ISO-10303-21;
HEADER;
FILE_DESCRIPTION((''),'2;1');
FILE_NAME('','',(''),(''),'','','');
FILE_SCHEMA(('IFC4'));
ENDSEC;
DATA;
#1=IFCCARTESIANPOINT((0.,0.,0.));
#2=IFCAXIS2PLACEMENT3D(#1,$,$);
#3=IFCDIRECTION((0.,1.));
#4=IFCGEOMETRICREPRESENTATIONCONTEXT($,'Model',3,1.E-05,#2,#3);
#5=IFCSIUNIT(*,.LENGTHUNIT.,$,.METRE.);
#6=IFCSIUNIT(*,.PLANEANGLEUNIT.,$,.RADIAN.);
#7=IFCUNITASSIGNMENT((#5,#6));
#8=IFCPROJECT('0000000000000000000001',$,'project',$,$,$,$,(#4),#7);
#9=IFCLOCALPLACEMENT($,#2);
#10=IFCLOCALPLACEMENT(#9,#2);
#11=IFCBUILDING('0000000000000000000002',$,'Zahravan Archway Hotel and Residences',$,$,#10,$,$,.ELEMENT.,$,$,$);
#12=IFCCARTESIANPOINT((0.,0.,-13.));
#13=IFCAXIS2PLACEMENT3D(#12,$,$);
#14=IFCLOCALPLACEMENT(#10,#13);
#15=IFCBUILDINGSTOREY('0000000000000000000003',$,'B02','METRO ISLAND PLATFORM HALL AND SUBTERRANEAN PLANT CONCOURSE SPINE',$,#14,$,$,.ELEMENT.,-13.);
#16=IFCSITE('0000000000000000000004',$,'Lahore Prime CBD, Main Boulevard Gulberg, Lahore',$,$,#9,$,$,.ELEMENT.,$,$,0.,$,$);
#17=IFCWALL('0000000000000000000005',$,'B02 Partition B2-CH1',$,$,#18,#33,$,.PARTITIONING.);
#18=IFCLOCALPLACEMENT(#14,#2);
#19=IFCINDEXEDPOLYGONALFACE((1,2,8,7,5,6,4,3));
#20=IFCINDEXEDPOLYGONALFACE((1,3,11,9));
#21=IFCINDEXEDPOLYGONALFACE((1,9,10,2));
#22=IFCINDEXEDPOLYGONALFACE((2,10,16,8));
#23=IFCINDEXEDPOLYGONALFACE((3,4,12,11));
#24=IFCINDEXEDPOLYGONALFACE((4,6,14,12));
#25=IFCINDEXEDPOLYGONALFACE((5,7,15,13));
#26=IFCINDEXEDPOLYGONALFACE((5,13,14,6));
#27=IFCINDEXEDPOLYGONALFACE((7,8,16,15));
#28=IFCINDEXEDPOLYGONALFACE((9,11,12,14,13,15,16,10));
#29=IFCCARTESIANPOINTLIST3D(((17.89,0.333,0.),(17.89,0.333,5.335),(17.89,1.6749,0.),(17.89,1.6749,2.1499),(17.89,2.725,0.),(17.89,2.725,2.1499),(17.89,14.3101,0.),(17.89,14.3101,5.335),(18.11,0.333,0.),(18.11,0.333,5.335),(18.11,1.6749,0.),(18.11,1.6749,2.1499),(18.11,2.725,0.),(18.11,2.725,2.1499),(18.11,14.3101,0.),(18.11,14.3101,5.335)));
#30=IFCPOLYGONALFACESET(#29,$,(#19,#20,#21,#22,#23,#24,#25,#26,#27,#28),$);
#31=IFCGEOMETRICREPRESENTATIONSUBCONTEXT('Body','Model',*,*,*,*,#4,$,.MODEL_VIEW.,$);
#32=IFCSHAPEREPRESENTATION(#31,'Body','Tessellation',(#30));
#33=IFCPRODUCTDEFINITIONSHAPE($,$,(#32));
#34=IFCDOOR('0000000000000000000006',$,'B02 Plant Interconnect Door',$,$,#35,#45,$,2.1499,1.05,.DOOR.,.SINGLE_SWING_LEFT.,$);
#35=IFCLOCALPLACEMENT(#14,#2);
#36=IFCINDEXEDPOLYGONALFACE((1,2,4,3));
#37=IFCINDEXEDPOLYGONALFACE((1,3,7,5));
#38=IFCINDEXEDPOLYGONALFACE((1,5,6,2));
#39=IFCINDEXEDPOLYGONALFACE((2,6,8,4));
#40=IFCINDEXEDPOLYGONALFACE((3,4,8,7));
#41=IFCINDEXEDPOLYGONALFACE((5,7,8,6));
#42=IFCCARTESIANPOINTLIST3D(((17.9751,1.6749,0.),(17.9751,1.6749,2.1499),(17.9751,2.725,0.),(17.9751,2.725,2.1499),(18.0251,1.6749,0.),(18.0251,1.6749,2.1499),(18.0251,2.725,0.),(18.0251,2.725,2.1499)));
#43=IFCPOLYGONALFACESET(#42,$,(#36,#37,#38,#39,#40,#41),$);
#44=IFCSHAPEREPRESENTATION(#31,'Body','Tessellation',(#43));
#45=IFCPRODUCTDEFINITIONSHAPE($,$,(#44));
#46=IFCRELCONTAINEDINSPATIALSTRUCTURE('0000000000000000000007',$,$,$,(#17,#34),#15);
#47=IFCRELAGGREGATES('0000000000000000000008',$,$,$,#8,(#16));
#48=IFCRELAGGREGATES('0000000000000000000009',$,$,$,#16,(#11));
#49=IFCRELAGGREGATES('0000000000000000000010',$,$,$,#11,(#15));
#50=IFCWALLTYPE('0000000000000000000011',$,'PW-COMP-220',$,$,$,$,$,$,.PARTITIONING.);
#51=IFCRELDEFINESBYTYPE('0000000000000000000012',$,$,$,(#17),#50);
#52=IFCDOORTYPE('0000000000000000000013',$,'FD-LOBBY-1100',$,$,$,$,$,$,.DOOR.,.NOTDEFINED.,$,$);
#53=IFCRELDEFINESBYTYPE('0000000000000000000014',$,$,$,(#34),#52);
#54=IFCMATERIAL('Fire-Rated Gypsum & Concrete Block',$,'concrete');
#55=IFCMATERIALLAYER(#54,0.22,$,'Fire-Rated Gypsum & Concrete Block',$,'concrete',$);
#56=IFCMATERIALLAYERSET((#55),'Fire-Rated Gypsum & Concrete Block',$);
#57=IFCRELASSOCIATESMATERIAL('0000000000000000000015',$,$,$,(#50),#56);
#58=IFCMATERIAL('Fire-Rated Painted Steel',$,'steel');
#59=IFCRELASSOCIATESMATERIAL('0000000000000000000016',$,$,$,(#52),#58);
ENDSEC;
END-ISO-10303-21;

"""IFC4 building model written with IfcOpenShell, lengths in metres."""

from ifc_helpers import new_model, si_unit, direction, frame, frame_2d, origin, place, context, subcontext, project, spatial, rectangle, extrude, source, transform, mapped, material, layer, layer_set, type_object, type_shapes, element, fill, save


model = new_model("IFC4")

# Units and contexts
model_context = context("Model", 3, precision=1e-05, world=origin(), true_north=direction((0.0, 1.0)))
body_context = subcontext(model_context, "Body", "Model", "MODEL_VIEW")
ifc_project = project(units=[si_unit("LENGTHUNIT", "METRE"), si_unit("PLANEANGLEUNIT", "RADIAN")], contexts=[model_context])

# Site, building, storey
site_placement = place(None, origin())
site = spatial("IfcSite", under=ifc_project, at=site_placement, Name="Lahore Prime CBD, Main Boulevard Gulberg, Lahore", CompositionType="ELEMENT", RefElevation=0.0)
building_placement = place(site_placement, origin())
building = spatial("IfcBuilding", under=site, at=building_placement, Name="Zahravan Archway Hotel and Residences", CompositionType="ELEMENT")
storey_placement = place(building_placement, frame((0.0, 0.0, -13.0)))
storey = spatial("IfcBuildingStorey", under=building, at=storey_placement, Name="B02", Description="METRO ISLAND PLATFORM HALL AND SUBTERRANEAN PLANT CONCOURSE SPINE", CompositionType="ELEMENT", Elevation=-13.0)

# Wall, opening, door
ifc_material_1 = material(Name="Fire-Rated Gypsum & Concrete Block", Category="concrete")
ifc_layer = layer(ifc_material_1, 0.22, Name="Fire-Rated Gypsum & Concrete Block", Category="concrete")
ifc_layer_set = layer_set([ifc_layer], Name="Fire-Rated Gypsum & Concrete Block")
wall_type = type_object("IfcWallType", Name="PW-COMP-220", PredefinedType="PARTITIONING", material=ifc_layer_set)
wall_placement = place(storey_placement, frame((18.0, 0.333, 0.0), z_axis=(0.0, 0.0, 1.0), x_axis=(0.0, 1.0, 0.0)))
wall = element("IfcWall", 1, at=wall_placement, inside=storey, type_object=wall_type, Name="B02 Partition B2-CH1", PredefinedType="PARTITIONING", context=body_context, shape_type="SweptSolid", body=[
    extrude(rectangle(XDim=13.9771, YDim=0.22, at=frame_2d((6.9885, 0.0))), origin(), (0.0, 0.0, 1.0), 5.335),
])
opening_placement = place(wall_placement, frame((1.342, 0.0, 0.0)))
opening = element("IfcOpeningElement", 2, at=opening_placement, cuts=wall, PredefinedType="OPENING", context=body_context, shape_type="SweptSolid", body=[
    extrude(rectangle(XDim=1.05, YDim=2.1499, at=frame_2d((0.5249, 1.075))), frame((0.0, 0.1201, 0.0), z_axis=(0.0, -1.0, 0.0), x_axis=(1.0, 0.0, 0.0)), (0.0, 0.0, 1.0), 0.24),
])
ifc_material_2 = material(Name="Fire-Rated Painted Steel", Category="steel")
door_type = type_object("IfcDoorType", Name="FD-LOBBY-1100", OperationType="NOTDEFINED", PredefinedType="DOOR", material=ifc_material_2)
shared_shape_1 = source(origin(), body_context, "Body", "SweptSolid", [
    extrude(rectangle(XDim=1.05, YDim=2.1499, at=frame_2d((0.5249, 1.075))), frame((0.0, 0.0249, 0.0), z_axis=(0.0, -1.0, 0.0), x_axis=(1.0, 0.0, 0.0)), (0.0, 0.0, 1.0), 0.05),
])
type_shapes(door_type, [shared_shape_1])
door_placement = place(opening_placement, origin())
door = element("IfcDoor", 3, at=door_placement, inside=storey, type_object=door_type, Name="B02 Plant Interconnect Door", OperationType="SINGLE_SWING_LEFT", OverallHeight=2.1499, OverallWidth=1.05, PredefinedType="DOOR", context=body_context, shape_type="MappedRepresentation", body=[
    mapped(shared_shape_1, transform((0.0, 0.0, 0.0), scale=1.0)),
])
fill(opening, door)

save(model, "model.ifc")
